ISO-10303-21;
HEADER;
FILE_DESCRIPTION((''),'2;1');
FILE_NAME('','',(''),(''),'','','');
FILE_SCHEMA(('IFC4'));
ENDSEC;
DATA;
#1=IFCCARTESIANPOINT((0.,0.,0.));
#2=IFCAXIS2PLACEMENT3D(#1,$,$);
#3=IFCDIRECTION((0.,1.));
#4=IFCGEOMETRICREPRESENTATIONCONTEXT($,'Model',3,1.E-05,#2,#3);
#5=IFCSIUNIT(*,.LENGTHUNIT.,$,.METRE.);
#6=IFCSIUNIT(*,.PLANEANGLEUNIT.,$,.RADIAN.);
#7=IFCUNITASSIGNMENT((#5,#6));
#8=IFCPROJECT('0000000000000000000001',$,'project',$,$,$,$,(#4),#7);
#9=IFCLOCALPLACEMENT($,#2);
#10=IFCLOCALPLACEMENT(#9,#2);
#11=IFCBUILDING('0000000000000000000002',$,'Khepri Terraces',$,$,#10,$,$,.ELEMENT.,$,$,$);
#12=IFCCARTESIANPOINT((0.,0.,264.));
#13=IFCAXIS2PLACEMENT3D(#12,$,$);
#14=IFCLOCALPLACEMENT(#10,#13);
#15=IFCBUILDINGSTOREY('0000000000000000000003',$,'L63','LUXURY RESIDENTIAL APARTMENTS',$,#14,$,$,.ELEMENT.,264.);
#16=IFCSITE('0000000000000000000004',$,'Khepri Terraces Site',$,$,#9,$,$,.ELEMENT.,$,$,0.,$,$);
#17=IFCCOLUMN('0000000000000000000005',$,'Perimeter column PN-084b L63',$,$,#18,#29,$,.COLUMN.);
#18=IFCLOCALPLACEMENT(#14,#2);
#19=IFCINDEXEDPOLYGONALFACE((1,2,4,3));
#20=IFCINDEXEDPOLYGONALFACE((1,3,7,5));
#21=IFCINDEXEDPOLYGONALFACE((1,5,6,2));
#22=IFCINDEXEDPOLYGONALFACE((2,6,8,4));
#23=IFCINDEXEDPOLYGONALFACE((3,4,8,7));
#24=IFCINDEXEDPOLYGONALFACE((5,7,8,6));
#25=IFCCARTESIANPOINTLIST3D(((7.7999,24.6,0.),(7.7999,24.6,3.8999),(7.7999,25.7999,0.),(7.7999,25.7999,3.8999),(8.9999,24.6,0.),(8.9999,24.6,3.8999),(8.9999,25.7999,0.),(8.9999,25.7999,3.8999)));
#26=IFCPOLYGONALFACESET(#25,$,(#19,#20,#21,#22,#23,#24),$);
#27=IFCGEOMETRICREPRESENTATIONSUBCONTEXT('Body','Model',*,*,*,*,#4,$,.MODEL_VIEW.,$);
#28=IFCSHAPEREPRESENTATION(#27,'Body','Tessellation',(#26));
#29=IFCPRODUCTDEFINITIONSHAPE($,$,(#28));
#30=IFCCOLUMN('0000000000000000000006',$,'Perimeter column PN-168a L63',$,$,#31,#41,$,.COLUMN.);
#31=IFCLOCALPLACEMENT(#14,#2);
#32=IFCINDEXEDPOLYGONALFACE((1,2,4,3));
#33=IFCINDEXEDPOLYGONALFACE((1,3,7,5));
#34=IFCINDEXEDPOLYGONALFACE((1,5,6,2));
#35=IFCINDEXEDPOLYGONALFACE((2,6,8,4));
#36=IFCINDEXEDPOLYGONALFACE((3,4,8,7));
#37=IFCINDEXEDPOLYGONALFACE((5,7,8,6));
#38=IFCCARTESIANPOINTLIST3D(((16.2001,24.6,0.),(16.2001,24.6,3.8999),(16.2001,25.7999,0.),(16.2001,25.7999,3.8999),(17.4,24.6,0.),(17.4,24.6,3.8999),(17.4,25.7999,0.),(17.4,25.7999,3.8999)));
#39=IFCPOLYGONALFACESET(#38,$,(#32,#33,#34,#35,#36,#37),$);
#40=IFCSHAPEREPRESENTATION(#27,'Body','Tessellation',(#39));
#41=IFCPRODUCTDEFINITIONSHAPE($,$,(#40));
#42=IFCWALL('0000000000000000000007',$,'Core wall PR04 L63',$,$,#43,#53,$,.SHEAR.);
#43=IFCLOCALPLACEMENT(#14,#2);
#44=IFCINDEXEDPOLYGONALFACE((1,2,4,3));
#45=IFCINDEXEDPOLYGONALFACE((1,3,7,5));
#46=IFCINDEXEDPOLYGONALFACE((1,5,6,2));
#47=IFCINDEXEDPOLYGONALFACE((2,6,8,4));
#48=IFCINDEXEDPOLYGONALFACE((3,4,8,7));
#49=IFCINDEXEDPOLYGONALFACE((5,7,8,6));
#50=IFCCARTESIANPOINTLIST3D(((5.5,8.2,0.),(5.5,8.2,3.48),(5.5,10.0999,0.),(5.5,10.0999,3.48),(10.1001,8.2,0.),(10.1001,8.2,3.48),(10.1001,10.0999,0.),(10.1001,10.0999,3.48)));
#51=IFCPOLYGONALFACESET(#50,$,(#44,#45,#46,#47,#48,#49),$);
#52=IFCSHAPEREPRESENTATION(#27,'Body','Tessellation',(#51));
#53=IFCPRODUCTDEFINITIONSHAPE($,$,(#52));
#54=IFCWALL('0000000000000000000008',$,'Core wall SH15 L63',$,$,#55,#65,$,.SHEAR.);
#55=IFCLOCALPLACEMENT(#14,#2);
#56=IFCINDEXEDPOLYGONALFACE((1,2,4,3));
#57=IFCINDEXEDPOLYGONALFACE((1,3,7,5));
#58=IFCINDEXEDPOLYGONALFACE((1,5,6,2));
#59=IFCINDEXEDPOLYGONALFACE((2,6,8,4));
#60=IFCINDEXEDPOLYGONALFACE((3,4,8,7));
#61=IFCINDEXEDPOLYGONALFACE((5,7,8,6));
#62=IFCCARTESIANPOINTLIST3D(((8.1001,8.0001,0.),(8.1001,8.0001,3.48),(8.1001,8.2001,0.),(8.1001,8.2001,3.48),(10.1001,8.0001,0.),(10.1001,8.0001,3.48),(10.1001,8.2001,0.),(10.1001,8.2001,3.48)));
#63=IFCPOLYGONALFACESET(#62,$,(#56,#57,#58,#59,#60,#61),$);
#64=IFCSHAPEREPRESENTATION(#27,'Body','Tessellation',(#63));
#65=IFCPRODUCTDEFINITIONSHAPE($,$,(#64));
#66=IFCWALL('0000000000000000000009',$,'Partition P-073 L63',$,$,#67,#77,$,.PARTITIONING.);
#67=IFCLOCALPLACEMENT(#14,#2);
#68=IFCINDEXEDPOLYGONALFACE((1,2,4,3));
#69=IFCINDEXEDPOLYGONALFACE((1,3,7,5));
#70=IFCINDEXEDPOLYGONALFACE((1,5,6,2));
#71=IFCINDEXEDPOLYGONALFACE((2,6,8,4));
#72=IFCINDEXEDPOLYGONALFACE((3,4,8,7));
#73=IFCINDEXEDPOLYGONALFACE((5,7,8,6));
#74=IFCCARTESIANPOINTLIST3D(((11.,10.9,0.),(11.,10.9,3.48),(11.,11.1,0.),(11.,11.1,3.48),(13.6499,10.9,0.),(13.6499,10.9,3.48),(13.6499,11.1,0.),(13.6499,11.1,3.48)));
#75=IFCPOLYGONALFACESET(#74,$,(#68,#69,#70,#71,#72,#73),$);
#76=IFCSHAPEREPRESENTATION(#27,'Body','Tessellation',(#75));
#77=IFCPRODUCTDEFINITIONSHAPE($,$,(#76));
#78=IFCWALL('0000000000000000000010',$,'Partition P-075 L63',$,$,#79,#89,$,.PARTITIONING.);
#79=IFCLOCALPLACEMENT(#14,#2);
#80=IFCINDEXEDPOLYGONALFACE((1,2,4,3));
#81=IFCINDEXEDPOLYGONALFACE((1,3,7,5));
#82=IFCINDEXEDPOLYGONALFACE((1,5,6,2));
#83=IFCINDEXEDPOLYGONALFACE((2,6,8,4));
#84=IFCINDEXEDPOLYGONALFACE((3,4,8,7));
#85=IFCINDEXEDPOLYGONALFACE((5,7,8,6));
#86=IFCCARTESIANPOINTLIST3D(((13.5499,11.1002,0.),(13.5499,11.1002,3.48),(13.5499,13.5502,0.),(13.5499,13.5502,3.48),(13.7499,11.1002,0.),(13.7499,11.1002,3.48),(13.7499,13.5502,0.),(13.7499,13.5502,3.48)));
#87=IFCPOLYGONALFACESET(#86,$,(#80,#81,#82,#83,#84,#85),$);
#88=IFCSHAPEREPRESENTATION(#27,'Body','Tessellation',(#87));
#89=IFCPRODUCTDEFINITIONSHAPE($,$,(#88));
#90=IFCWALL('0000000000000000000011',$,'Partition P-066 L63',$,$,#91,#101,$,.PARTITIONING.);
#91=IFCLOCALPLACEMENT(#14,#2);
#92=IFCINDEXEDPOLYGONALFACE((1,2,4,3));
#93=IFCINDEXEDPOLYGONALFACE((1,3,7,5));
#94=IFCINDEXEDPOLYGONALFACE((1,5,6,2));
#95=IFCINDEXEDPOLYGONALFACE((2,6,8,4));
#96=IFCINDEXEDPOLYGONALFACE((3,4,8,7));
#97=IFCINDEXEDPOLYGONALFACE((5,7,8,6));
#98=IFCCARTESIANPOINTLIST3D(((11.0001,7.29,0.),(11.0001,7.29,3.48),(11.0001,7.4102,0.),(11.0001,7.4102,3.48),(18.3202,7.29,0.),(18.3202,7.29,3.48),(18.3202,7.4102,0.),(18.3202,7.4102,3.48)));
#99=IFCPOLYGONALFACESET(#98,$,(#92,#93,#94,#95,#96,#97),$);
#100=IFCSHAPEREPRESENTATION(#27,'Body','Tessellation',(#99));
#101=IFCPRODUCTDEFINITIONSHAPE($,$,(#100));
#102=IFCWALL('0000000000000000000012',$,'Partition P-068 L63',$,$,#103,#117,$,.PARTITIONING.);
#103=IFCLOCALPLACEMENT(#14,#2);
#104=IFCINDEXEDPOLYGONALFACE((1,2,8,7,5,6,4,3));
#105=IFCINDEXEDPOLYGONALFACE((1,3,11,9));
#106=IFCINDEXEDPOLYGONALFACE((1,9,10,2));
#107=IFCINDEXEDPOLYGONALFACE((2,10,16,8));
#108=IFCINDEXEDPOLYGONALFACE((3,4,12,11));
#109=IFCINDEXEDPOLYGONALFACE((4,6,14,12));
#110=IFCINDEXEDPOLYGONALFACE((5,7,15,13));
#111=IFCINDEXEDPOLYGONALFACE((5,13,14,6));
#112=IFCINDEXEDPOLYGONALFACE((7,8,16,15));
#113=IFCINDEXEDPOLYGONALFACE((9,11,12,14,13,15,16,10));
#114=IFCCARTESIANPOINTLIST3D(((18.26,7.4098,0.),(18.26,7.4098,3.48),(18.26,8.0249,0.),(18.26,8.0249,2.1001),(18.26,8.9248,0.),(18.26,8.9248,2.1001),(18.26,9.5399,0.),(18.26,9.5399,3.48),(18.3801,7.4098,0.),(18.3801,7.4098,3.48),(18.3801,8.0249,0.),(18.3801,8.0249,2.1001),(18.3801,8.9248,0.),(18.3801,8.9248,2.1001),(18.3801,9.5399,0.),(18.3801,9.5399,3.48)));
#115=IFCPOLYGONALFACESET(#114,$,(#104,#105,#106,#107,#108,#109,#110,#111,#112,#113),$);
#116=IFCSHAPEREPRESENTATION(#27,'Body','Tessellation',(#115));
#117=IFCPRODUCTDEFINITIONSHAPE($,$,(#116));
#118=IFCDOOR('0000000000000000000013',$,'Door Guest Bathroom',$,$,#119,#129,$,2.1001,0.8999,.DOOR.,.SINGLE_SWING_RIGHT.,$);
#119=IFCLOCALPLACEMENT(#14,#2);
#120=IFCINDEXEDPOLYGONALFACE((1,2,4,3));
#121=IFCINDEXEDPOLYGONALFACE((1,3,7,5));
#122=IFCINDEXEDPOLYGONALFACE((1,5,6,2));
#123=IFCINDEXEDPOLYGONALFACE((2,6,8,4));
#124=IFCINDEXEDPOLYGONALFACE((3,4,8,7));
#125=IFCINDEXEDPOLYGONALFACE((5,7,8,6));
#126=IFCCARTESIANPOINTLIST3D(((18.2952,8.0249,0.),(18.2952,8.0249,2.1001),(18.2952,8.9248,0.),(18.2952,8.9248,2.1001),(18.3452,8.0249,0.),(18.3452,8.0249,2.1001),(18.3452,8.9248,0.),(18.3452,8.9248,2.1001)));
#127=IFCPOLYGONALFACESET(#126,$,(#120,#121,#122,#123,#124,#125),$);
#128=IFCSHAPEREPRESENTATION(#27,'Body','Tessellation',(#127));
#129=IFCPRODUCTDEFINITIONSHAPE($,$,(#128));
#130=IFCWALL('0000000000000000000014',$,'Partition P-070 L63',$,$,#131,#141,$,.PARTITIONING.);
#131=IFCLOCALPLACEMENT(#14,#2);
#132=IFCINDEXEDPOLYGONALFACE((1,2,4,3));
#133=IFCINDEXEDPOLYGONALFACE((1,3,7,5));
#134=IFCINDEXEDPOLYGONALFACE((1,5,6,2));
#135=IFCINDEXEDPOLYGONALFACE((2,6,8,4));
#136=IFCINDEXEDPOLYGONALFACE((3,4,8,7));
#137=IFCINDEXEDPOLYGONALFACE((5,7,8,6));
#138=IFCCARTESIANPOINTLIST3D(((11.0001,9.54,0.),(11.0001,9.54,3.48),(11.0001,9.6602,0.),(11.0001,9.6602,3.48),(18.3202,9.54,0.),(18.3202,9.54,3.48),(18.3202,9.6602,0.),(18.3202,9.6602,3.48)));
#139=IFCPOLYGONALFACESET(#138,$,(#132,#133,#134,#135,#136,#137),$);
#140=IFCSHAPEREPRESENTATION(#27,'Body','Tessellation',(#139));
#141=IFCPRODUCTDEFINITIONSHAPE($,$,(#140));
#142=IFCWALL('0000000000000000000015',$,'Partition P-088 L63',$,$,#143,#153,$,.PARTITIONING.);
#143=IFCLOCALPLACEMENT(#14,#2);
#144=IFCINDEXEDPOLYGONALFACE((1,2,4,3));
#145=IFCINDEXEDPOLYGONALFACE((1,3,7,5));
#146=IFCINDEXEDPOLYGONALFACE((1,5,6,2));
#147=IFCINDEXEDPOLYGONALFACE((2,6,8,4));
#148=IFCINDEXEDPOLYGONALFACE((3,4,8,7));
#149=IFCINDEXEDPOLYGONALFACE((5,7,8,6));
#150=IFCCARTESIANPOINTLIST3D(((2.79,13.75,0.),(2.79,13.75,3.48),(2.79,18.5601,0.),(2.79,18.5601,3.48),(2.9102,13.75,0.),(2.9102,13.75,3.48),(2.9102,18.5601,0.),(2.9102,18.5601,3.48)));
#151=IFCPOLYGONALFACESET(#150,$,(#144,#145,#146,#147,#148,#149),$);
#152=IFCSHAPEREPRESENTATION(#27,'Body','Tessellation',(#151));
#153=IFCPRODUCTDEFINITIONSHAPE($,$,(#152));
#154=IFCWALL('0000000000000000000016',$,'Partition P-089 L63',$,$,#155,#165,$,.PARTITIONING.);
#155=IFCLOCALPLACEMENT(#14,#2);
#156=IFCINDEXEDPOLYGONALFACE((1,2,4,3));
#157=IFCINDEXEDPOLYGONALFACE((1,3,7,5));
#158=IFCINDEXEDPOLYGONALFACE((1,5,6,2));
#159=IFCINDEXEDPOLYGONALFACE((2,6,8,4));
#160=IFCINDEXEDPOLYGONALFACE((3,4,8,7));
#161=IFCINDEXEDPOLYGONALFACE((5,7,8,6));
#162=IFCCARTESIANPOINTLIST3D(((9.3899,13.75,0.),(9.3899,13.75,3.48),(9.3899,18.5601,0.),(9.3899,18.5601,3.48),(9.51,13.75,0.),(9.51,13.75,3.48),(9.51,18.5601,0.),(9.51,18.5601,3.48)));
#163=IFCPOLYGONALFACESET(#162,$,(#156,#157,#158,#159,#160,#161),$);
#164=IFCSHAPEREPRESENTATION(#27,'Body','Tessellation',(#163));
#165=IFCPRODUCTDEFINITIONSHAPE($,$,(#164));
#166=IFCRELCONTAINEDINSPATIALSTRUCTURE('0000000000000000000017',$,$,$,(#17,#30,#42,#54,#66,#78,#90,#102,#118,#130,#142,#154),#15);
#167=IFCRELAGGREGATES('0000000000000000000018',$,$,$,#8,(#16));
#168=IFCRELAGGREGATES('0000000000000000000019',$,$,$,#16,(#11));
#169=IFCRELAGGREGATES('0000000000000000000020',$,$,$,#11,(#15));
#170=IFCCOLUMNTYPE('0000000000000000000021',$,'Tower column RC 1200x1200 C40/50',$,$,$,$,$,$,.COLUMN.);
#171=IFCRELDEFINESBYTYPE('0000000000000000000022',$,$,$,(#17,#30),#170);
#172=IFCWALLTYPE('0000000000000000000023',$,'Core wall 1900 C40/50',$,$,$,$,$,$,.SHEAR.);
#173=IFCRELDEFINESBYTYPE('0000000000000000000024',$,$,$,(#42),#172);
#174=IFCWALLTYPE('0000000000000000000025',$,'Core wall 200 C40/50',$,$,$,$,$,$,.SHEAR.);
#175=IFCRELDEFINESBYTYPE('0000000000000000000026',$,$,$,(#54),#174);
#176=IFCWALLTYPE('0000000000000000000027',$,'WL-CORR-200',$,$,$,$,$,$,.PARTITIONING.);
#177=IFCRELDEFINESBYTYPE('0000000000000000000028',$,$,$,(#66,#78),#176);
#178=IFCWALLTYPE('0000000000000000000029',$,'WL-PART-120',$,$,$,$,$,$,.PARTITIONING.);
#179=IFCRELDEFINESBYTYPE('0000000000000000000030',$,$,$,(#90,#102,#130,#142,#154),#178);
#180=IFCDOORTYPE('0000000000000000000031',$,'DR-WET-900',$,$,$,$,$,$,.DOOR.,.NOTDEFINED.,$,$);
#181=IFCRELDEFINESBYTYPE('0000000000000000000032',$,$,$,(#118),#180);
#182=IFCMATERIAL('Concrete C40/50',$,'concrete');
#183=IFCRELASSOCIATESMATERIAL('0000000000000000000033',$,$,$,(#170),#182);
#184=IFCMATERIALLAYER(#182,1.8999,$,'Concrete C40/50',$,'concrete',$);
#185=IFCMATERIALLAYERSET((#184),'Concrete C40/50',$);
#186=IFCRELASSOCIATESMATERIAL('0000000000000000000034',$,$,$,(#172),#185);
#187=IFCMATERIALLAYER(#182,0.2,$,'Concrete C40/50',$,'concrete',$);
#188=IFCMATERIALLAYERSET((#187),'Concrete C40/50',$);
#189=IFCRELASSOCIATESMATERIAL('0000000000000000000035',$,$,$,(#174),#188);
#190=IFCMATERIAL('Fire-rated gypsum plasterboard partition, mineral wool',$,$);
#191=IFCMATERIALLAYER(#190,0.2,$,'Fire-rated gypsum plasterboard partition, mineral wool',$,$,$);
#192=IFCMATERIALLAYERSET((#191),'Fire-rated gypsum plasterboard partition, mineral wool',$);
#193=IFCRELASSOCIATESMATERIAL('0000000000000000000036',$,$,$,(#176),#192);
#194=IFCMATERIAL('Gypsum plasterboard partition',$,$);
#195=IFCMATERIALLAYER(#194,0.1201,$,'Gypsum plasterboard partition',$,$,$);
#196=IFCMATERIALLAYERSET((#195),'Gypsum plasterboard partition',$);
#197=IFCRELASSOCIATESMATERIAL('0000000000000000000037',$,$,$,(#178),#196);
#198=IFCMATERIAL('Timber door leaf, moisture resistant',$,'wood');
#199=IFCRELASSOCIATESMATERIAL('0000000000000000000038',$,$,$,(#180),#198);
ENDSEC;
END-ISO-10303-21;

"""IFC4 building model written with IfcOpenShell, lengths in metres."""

from ifc_helpers import new_model, si_unit, direction, frame, frame_2d, origin, origin_2d, place, context, subcontext, project, spatial, rectangle, extrude, material, layer, layer_set, material_profile, profile_set, type_object, element, fill, save


model = new_model("IFC4")

# Units and contexts
model_context = context("Model", 3, precision=1e-05, world=origin(), true_north=direction((0.0, 1.0)))
body_context = subcontext(model_context, "Body", "Model", "MODEL_VIEW")
ifc_project = project(units=[si_unit("LENGTHUNIT", "METRE"), si_unit("PLANEANGLEUNIT", "RADIAN")], contexts=[model_context])

# Site, building, storey
site_placement = place(None, origin())
site = spatial("IfcSite", under=ifc_project, at=site_placement, Name="Khepri Terraces Site", CompositionType="ELEMENT", RefElevation=0.0)
building_placement = place(site_placement, origin())
building = spatial("IfcBuilding", under=site, at=building_placement, Name="Khepri Terraces", CompositionType="ELEMENT")
storey_placement = place(building_placement, frame((0.0, 0.0, 264.0)))
storey = spatial("IfcBuildingStorey", under=building, at=storey_placement, Name="L63", Description="LUXURY RESIDENTIAL APARTMENTS", CompositionType="ELEMENT", Elevation=264.0)

# Columns
ifc_material_1 = material(Name="Concrete C40/50", Category="concrete")
ifc_material_profile = material_profile(ifc_material_1, rectangle(XDim=1.2, YDim=1.2, at=origin_2d()), Name="Concrete C40/50", Category="concrete")
ifc_profile_set = profile_set([ifc_material_profile], Name="Concrete C40/50")
column_type = type_object("IfcColumnType", Name="Tower column RC 1200x1200 C40/50", PredefinedType="COLUMN", material=ifc_profile_set)
for number, where, z_axis, x_axis, name in (
    (1, (8.3999, 25.2, 0.0), (0.0, 0.0, 1.0), (1.0, 0.0, 0.0), "Perimeter column PN-084b L63"),
    (2, (16.8, 25.2, 0.0), (0.0, 0.0, 1.0), (1.0, 0.0, 0.0), "Perimeter column PN-168a L63"),
):
    element("IfcColumn", number, at=place(storey_placement, frame(where, z_axis=z_axis, x_axis=x_axis)), inside=storey, type_object=column_type, Name=name, PredefinedType="COLUMN", context=body_context, shape_type="SweptSolid", body=[
        extrude(rectangle(XDim=1.2, YDim=1.2, at=origin_2d()), origin(), (0.0, 0.0, 1.0), 3.8999),
    ])

# Walls
ifc_layer_1 = layer(ifc_material_1, 1.8999, Name="Concrete C40/50", Category="concrete")
ifc_layer_set_1 = layer_set([ifc_layer_1], Name="Concrete C40/50")
wall_type_1 = type_object("IfcWallType", Name="Core wall 1900 C40/50", PredefinedType="SHEAR", material=ifc_layer_set_1)
wall_1_placement = place(storey_placement, frame((5.5, 9.1499, 0.0), z_axis=(0.0, 0.0, 1.0), x_axis=(1.0, 0.0, 0.0)))
element("IfcWall", 3, at=wall_1_placement, inside=storey, type_object=wall_type_1, Name="Core wall PR04 L63", PredefinedType="SHEAR", context=body_context, shape_type="SweptSolid", body=[
    extrude(rectangle(XDim=4.6001, YDim=1.8999, at=frame_2d((2.3, 0.0))), origin(), (0.0, 0.0, 1.0), 3.48),
])
ifc_layer_2 = layer(ifc_material_1, 0.2, Name="Concrete C40/50", Category="concrete")
ifc_layer_set_2 = layer_set([ifc_layer_2], Name="Concrete C40/50")
wall_type_2 = type_object("IfcWallType", Name="Core wall 200 C40/50", PredefinedType="SHEAR", material=ifc_layer_set_2)
wall_2_placement = place(storey_placement, frame((8.1001, 8.1001, 0.0), z_axis=(0.0, 0.0, 1.0), x_axis=(1.0, 0.0, 0.0)))
element("IfcWall", 4, at=wall_2_placement, inside=storey, type_object=wall_type_2, Name="Core wall SH15 L63", PredefinedType="SHEAR", context=body_context, shape_type="SweptSolid", body=[
    extrude(rectangle(XDim=2.0, YDim=0.2, at=frame_2d((1.0, 0.0))), origin(), (0.0, 0.0, 1.0), 3.48),
])
ifc_material_2 = material(Name="Fire-rated gypsum plasterboard partition, mineral wool")
ifc_layer_3 = layer(ifc_material_2, 0.2, Name="Fire-rated gypsum plasterboard partition, mineral wool")
ifc_layer_set_3 = layer_set([ifc_layer_3], Name="Fire-rated gypsum plasterboard partition, mineral wool")
wall_type_3 = type_object("IfcWallType", Name="WL-CORR-200", PredefinedType="PARTITIONING", material=ifc_layer_set_3)
wall_3_placement = place(storey_placement, frame((11.0, 11.0, 0.0), z_axis=(0.0, 0.0, 1.0), x_axis=(1.0, 0.0, 0.0)))
element("IfcWall", 5, at=wall_3_placement, inside=storey, type_object=wall_type_3, Name="Partition P-073 L63", PredefinedType="PARTITIONING", context=body_context, shape_type="SweptSolid", body=[
    extrude(rectangle(XDim=2.6499, YDim=0.2, at=frame_2d((1.325, 0.0))), origin(), (0.0, 0.0, 1.0), 3.48),
])
wall_4_placement = place(storey_placement, frame((13.6499, 11.1001, 0.0), z_axis=(0.0, 0.0, 1.0), x_axis=(0.0, 1.0, 0.0)))
element("IfcWall", 6, at=wall_4_placement, inside=storey, type_object=wall_type_3, Name="Partition P-075 L63", PredefinedType="PARTITIONING", context=body_context, shape_type="SweptSolid", body=[
    extrude(rectangle(XDim=2.45, YDim=0.2, at=frame_2d((1.2251, 0.0))), origin(), (0.0, 0.0, 1.0), 3.48),
])

# Wall
ifc_material_3 = material(Name="Gypsum plasterboard partition")
ifc_layer_4 = layer(ifc_material_3, 0.1201, Name="Gypsum plasterboard partition")
ifc_layer_set_4 = layer_set([ifc_layer_4], Name="Gypsum plasterboard partition")
wall_type_4 = type_object("IfcWallType", Name="WL-PART-120", PredefinedType="PARTITIONING", material=ifc_layer_set_4)
wall_5_placement = place(storey_placement, frame((11.0, 7.3501, 0.0), z_axis=(0.0, 0.0, 1.0), x_axis=(1.0, 0.0, 0.0)))
element("IfcWall", 7, at=wall_5_placement, inside=storey, type_object=wall_type_4, Name="Partition P-066 L63", PredefinedType="PARTITIONING", context=body_context, shape_type="SweptSolid", body=[
    extrude(rectangle(XDim=7.3201, YDim=0.1201, at=frame_2d((3.6602, 0.0))), origin(), (0.0, 0.0, 1.0), 3.48),
])

# Wall, opening, door
wall_6_placement = place(storey_placement, frame((18.3201, 7.4099, 0.0), z_axis=(0.0, 0.0, 1.0), x_axis=(0.0, 1.0, 0.0)))
wall_6 = element("IfcWall", 8, at=wall_6_placement, inside=storey, type_object=wall_type_4, Name="Partition P-068 L63", PredefinedType="PARTITIONING", context=body_context, shape_type="SweptSolid", body=[
    extrude(rectangle(XDim=2.1301, YDim=0.1201, at=frame_2d((1.0649, 0.0))), origin(), (0.0, 0.0, 1.0), 3.48),
])
opening_1_placement = place(wall_6_placement, frame((0.615, 0.0, 0.0)))
opening_1 = element("IfcOpeningElement", 9, at=opening_1_placement, cuts=wall_6, PredefinedType="OPENING", context=body_context, shape_type="SweptSolid", body=[
    extrude(rectangle(XDim=0.8999, YDim=2.1001, at=frame_2d((0.45, 1.05))), frame((0.0, 0.0701, 0.0), z_axis=(0.0, -1.0, 0.0), x_axis=(1.0, 0.0, 0.0)), (0.0, 0.0, 1.0), 0.1401),
])
ifc_material_4 = material(Name="Timber door leaf, moisture resistant", Category="wood")
door_type_1 = type_object("IfcDoorType", Name="DR-WET-900", OperationType="NOTDEFINED", PredefinedType="DOOR", material=ifc_material_4)
door_1_placement = place(opening_1_placement, origin())
door_1 = element("IfcDoor", 10, at=door_1_placement, inside=storey, type_object=door_type_1, Name="Door Guest Bathroom", OperationType="SINGLE_SWING_RIGHT", OverallHeight=2.1001, OverallWidth=0.8999, PredefinedType="DOOR", context=body_context, shape_type="SweptSolid", body=[
    extrude(rectangle(XDim=0.8999, YDim=2.1001, at=frame_2d((0.45, 1.05))), frame((0.0, 0.0249, 0.0), z_axis=(0.0, -1.0, 0.0), x_axis=(1.0, 0.0, 0.0)), (0.0, 0.0, 1.0), 0.05),
])
fill(opening_1, door_1)

# Walls
wall_7_placement = place(storey_placement, frame((11.0, 9.6001, 0.0), z_axis=(0.0, 0.0, 1.0), x_axis=(1.0, 0.0, 0.0)))
element("IfcWall", 11, at=wall_7_placement, inside=storey, type_object=wall_type_4, Name="Partition P-070 L63", PredefinedType="PARTITIONING", context=body_context, shape_type="SweptSolid", body=[
    extrude(rectangle(XDim=7.3201, YDim=0.1201, at=frame_2d((3.6602, 0.0))), origin(), (0.0, 0.0, 1.0), 3.48),
])
for number, where, z_axis, x_axis, name in (
    (12, (2.8501, 13.75, 0.0), (0.0, 0.0, 1.0), (0.0, 1.0, 0.0), "Partition P-088 L63"),
    (13, (9.45, 13.75, 0.0), (0.0, 0.0, 1.0), (0.0, 1.0, 0.0), "Partition P-089 L63"),
):
    element("IfcWall", number, at=place(storey_placement, frame(where, z_axis=z_axis, x_axis=x_axis)), inside=storey, type_object=wall_type_4, Name=name, PredefinedType="PARTITIONING", context=body_context, shape_type="SweptSolid", body=[
        extrude(rectangle(XDim=4.8101, YDim=0.1201, at=frame_2d((2.405, 0.0))), origin(), (0.0, 0.0, 1.0), 3.48),
    ])

save(model, "model.ifc")
